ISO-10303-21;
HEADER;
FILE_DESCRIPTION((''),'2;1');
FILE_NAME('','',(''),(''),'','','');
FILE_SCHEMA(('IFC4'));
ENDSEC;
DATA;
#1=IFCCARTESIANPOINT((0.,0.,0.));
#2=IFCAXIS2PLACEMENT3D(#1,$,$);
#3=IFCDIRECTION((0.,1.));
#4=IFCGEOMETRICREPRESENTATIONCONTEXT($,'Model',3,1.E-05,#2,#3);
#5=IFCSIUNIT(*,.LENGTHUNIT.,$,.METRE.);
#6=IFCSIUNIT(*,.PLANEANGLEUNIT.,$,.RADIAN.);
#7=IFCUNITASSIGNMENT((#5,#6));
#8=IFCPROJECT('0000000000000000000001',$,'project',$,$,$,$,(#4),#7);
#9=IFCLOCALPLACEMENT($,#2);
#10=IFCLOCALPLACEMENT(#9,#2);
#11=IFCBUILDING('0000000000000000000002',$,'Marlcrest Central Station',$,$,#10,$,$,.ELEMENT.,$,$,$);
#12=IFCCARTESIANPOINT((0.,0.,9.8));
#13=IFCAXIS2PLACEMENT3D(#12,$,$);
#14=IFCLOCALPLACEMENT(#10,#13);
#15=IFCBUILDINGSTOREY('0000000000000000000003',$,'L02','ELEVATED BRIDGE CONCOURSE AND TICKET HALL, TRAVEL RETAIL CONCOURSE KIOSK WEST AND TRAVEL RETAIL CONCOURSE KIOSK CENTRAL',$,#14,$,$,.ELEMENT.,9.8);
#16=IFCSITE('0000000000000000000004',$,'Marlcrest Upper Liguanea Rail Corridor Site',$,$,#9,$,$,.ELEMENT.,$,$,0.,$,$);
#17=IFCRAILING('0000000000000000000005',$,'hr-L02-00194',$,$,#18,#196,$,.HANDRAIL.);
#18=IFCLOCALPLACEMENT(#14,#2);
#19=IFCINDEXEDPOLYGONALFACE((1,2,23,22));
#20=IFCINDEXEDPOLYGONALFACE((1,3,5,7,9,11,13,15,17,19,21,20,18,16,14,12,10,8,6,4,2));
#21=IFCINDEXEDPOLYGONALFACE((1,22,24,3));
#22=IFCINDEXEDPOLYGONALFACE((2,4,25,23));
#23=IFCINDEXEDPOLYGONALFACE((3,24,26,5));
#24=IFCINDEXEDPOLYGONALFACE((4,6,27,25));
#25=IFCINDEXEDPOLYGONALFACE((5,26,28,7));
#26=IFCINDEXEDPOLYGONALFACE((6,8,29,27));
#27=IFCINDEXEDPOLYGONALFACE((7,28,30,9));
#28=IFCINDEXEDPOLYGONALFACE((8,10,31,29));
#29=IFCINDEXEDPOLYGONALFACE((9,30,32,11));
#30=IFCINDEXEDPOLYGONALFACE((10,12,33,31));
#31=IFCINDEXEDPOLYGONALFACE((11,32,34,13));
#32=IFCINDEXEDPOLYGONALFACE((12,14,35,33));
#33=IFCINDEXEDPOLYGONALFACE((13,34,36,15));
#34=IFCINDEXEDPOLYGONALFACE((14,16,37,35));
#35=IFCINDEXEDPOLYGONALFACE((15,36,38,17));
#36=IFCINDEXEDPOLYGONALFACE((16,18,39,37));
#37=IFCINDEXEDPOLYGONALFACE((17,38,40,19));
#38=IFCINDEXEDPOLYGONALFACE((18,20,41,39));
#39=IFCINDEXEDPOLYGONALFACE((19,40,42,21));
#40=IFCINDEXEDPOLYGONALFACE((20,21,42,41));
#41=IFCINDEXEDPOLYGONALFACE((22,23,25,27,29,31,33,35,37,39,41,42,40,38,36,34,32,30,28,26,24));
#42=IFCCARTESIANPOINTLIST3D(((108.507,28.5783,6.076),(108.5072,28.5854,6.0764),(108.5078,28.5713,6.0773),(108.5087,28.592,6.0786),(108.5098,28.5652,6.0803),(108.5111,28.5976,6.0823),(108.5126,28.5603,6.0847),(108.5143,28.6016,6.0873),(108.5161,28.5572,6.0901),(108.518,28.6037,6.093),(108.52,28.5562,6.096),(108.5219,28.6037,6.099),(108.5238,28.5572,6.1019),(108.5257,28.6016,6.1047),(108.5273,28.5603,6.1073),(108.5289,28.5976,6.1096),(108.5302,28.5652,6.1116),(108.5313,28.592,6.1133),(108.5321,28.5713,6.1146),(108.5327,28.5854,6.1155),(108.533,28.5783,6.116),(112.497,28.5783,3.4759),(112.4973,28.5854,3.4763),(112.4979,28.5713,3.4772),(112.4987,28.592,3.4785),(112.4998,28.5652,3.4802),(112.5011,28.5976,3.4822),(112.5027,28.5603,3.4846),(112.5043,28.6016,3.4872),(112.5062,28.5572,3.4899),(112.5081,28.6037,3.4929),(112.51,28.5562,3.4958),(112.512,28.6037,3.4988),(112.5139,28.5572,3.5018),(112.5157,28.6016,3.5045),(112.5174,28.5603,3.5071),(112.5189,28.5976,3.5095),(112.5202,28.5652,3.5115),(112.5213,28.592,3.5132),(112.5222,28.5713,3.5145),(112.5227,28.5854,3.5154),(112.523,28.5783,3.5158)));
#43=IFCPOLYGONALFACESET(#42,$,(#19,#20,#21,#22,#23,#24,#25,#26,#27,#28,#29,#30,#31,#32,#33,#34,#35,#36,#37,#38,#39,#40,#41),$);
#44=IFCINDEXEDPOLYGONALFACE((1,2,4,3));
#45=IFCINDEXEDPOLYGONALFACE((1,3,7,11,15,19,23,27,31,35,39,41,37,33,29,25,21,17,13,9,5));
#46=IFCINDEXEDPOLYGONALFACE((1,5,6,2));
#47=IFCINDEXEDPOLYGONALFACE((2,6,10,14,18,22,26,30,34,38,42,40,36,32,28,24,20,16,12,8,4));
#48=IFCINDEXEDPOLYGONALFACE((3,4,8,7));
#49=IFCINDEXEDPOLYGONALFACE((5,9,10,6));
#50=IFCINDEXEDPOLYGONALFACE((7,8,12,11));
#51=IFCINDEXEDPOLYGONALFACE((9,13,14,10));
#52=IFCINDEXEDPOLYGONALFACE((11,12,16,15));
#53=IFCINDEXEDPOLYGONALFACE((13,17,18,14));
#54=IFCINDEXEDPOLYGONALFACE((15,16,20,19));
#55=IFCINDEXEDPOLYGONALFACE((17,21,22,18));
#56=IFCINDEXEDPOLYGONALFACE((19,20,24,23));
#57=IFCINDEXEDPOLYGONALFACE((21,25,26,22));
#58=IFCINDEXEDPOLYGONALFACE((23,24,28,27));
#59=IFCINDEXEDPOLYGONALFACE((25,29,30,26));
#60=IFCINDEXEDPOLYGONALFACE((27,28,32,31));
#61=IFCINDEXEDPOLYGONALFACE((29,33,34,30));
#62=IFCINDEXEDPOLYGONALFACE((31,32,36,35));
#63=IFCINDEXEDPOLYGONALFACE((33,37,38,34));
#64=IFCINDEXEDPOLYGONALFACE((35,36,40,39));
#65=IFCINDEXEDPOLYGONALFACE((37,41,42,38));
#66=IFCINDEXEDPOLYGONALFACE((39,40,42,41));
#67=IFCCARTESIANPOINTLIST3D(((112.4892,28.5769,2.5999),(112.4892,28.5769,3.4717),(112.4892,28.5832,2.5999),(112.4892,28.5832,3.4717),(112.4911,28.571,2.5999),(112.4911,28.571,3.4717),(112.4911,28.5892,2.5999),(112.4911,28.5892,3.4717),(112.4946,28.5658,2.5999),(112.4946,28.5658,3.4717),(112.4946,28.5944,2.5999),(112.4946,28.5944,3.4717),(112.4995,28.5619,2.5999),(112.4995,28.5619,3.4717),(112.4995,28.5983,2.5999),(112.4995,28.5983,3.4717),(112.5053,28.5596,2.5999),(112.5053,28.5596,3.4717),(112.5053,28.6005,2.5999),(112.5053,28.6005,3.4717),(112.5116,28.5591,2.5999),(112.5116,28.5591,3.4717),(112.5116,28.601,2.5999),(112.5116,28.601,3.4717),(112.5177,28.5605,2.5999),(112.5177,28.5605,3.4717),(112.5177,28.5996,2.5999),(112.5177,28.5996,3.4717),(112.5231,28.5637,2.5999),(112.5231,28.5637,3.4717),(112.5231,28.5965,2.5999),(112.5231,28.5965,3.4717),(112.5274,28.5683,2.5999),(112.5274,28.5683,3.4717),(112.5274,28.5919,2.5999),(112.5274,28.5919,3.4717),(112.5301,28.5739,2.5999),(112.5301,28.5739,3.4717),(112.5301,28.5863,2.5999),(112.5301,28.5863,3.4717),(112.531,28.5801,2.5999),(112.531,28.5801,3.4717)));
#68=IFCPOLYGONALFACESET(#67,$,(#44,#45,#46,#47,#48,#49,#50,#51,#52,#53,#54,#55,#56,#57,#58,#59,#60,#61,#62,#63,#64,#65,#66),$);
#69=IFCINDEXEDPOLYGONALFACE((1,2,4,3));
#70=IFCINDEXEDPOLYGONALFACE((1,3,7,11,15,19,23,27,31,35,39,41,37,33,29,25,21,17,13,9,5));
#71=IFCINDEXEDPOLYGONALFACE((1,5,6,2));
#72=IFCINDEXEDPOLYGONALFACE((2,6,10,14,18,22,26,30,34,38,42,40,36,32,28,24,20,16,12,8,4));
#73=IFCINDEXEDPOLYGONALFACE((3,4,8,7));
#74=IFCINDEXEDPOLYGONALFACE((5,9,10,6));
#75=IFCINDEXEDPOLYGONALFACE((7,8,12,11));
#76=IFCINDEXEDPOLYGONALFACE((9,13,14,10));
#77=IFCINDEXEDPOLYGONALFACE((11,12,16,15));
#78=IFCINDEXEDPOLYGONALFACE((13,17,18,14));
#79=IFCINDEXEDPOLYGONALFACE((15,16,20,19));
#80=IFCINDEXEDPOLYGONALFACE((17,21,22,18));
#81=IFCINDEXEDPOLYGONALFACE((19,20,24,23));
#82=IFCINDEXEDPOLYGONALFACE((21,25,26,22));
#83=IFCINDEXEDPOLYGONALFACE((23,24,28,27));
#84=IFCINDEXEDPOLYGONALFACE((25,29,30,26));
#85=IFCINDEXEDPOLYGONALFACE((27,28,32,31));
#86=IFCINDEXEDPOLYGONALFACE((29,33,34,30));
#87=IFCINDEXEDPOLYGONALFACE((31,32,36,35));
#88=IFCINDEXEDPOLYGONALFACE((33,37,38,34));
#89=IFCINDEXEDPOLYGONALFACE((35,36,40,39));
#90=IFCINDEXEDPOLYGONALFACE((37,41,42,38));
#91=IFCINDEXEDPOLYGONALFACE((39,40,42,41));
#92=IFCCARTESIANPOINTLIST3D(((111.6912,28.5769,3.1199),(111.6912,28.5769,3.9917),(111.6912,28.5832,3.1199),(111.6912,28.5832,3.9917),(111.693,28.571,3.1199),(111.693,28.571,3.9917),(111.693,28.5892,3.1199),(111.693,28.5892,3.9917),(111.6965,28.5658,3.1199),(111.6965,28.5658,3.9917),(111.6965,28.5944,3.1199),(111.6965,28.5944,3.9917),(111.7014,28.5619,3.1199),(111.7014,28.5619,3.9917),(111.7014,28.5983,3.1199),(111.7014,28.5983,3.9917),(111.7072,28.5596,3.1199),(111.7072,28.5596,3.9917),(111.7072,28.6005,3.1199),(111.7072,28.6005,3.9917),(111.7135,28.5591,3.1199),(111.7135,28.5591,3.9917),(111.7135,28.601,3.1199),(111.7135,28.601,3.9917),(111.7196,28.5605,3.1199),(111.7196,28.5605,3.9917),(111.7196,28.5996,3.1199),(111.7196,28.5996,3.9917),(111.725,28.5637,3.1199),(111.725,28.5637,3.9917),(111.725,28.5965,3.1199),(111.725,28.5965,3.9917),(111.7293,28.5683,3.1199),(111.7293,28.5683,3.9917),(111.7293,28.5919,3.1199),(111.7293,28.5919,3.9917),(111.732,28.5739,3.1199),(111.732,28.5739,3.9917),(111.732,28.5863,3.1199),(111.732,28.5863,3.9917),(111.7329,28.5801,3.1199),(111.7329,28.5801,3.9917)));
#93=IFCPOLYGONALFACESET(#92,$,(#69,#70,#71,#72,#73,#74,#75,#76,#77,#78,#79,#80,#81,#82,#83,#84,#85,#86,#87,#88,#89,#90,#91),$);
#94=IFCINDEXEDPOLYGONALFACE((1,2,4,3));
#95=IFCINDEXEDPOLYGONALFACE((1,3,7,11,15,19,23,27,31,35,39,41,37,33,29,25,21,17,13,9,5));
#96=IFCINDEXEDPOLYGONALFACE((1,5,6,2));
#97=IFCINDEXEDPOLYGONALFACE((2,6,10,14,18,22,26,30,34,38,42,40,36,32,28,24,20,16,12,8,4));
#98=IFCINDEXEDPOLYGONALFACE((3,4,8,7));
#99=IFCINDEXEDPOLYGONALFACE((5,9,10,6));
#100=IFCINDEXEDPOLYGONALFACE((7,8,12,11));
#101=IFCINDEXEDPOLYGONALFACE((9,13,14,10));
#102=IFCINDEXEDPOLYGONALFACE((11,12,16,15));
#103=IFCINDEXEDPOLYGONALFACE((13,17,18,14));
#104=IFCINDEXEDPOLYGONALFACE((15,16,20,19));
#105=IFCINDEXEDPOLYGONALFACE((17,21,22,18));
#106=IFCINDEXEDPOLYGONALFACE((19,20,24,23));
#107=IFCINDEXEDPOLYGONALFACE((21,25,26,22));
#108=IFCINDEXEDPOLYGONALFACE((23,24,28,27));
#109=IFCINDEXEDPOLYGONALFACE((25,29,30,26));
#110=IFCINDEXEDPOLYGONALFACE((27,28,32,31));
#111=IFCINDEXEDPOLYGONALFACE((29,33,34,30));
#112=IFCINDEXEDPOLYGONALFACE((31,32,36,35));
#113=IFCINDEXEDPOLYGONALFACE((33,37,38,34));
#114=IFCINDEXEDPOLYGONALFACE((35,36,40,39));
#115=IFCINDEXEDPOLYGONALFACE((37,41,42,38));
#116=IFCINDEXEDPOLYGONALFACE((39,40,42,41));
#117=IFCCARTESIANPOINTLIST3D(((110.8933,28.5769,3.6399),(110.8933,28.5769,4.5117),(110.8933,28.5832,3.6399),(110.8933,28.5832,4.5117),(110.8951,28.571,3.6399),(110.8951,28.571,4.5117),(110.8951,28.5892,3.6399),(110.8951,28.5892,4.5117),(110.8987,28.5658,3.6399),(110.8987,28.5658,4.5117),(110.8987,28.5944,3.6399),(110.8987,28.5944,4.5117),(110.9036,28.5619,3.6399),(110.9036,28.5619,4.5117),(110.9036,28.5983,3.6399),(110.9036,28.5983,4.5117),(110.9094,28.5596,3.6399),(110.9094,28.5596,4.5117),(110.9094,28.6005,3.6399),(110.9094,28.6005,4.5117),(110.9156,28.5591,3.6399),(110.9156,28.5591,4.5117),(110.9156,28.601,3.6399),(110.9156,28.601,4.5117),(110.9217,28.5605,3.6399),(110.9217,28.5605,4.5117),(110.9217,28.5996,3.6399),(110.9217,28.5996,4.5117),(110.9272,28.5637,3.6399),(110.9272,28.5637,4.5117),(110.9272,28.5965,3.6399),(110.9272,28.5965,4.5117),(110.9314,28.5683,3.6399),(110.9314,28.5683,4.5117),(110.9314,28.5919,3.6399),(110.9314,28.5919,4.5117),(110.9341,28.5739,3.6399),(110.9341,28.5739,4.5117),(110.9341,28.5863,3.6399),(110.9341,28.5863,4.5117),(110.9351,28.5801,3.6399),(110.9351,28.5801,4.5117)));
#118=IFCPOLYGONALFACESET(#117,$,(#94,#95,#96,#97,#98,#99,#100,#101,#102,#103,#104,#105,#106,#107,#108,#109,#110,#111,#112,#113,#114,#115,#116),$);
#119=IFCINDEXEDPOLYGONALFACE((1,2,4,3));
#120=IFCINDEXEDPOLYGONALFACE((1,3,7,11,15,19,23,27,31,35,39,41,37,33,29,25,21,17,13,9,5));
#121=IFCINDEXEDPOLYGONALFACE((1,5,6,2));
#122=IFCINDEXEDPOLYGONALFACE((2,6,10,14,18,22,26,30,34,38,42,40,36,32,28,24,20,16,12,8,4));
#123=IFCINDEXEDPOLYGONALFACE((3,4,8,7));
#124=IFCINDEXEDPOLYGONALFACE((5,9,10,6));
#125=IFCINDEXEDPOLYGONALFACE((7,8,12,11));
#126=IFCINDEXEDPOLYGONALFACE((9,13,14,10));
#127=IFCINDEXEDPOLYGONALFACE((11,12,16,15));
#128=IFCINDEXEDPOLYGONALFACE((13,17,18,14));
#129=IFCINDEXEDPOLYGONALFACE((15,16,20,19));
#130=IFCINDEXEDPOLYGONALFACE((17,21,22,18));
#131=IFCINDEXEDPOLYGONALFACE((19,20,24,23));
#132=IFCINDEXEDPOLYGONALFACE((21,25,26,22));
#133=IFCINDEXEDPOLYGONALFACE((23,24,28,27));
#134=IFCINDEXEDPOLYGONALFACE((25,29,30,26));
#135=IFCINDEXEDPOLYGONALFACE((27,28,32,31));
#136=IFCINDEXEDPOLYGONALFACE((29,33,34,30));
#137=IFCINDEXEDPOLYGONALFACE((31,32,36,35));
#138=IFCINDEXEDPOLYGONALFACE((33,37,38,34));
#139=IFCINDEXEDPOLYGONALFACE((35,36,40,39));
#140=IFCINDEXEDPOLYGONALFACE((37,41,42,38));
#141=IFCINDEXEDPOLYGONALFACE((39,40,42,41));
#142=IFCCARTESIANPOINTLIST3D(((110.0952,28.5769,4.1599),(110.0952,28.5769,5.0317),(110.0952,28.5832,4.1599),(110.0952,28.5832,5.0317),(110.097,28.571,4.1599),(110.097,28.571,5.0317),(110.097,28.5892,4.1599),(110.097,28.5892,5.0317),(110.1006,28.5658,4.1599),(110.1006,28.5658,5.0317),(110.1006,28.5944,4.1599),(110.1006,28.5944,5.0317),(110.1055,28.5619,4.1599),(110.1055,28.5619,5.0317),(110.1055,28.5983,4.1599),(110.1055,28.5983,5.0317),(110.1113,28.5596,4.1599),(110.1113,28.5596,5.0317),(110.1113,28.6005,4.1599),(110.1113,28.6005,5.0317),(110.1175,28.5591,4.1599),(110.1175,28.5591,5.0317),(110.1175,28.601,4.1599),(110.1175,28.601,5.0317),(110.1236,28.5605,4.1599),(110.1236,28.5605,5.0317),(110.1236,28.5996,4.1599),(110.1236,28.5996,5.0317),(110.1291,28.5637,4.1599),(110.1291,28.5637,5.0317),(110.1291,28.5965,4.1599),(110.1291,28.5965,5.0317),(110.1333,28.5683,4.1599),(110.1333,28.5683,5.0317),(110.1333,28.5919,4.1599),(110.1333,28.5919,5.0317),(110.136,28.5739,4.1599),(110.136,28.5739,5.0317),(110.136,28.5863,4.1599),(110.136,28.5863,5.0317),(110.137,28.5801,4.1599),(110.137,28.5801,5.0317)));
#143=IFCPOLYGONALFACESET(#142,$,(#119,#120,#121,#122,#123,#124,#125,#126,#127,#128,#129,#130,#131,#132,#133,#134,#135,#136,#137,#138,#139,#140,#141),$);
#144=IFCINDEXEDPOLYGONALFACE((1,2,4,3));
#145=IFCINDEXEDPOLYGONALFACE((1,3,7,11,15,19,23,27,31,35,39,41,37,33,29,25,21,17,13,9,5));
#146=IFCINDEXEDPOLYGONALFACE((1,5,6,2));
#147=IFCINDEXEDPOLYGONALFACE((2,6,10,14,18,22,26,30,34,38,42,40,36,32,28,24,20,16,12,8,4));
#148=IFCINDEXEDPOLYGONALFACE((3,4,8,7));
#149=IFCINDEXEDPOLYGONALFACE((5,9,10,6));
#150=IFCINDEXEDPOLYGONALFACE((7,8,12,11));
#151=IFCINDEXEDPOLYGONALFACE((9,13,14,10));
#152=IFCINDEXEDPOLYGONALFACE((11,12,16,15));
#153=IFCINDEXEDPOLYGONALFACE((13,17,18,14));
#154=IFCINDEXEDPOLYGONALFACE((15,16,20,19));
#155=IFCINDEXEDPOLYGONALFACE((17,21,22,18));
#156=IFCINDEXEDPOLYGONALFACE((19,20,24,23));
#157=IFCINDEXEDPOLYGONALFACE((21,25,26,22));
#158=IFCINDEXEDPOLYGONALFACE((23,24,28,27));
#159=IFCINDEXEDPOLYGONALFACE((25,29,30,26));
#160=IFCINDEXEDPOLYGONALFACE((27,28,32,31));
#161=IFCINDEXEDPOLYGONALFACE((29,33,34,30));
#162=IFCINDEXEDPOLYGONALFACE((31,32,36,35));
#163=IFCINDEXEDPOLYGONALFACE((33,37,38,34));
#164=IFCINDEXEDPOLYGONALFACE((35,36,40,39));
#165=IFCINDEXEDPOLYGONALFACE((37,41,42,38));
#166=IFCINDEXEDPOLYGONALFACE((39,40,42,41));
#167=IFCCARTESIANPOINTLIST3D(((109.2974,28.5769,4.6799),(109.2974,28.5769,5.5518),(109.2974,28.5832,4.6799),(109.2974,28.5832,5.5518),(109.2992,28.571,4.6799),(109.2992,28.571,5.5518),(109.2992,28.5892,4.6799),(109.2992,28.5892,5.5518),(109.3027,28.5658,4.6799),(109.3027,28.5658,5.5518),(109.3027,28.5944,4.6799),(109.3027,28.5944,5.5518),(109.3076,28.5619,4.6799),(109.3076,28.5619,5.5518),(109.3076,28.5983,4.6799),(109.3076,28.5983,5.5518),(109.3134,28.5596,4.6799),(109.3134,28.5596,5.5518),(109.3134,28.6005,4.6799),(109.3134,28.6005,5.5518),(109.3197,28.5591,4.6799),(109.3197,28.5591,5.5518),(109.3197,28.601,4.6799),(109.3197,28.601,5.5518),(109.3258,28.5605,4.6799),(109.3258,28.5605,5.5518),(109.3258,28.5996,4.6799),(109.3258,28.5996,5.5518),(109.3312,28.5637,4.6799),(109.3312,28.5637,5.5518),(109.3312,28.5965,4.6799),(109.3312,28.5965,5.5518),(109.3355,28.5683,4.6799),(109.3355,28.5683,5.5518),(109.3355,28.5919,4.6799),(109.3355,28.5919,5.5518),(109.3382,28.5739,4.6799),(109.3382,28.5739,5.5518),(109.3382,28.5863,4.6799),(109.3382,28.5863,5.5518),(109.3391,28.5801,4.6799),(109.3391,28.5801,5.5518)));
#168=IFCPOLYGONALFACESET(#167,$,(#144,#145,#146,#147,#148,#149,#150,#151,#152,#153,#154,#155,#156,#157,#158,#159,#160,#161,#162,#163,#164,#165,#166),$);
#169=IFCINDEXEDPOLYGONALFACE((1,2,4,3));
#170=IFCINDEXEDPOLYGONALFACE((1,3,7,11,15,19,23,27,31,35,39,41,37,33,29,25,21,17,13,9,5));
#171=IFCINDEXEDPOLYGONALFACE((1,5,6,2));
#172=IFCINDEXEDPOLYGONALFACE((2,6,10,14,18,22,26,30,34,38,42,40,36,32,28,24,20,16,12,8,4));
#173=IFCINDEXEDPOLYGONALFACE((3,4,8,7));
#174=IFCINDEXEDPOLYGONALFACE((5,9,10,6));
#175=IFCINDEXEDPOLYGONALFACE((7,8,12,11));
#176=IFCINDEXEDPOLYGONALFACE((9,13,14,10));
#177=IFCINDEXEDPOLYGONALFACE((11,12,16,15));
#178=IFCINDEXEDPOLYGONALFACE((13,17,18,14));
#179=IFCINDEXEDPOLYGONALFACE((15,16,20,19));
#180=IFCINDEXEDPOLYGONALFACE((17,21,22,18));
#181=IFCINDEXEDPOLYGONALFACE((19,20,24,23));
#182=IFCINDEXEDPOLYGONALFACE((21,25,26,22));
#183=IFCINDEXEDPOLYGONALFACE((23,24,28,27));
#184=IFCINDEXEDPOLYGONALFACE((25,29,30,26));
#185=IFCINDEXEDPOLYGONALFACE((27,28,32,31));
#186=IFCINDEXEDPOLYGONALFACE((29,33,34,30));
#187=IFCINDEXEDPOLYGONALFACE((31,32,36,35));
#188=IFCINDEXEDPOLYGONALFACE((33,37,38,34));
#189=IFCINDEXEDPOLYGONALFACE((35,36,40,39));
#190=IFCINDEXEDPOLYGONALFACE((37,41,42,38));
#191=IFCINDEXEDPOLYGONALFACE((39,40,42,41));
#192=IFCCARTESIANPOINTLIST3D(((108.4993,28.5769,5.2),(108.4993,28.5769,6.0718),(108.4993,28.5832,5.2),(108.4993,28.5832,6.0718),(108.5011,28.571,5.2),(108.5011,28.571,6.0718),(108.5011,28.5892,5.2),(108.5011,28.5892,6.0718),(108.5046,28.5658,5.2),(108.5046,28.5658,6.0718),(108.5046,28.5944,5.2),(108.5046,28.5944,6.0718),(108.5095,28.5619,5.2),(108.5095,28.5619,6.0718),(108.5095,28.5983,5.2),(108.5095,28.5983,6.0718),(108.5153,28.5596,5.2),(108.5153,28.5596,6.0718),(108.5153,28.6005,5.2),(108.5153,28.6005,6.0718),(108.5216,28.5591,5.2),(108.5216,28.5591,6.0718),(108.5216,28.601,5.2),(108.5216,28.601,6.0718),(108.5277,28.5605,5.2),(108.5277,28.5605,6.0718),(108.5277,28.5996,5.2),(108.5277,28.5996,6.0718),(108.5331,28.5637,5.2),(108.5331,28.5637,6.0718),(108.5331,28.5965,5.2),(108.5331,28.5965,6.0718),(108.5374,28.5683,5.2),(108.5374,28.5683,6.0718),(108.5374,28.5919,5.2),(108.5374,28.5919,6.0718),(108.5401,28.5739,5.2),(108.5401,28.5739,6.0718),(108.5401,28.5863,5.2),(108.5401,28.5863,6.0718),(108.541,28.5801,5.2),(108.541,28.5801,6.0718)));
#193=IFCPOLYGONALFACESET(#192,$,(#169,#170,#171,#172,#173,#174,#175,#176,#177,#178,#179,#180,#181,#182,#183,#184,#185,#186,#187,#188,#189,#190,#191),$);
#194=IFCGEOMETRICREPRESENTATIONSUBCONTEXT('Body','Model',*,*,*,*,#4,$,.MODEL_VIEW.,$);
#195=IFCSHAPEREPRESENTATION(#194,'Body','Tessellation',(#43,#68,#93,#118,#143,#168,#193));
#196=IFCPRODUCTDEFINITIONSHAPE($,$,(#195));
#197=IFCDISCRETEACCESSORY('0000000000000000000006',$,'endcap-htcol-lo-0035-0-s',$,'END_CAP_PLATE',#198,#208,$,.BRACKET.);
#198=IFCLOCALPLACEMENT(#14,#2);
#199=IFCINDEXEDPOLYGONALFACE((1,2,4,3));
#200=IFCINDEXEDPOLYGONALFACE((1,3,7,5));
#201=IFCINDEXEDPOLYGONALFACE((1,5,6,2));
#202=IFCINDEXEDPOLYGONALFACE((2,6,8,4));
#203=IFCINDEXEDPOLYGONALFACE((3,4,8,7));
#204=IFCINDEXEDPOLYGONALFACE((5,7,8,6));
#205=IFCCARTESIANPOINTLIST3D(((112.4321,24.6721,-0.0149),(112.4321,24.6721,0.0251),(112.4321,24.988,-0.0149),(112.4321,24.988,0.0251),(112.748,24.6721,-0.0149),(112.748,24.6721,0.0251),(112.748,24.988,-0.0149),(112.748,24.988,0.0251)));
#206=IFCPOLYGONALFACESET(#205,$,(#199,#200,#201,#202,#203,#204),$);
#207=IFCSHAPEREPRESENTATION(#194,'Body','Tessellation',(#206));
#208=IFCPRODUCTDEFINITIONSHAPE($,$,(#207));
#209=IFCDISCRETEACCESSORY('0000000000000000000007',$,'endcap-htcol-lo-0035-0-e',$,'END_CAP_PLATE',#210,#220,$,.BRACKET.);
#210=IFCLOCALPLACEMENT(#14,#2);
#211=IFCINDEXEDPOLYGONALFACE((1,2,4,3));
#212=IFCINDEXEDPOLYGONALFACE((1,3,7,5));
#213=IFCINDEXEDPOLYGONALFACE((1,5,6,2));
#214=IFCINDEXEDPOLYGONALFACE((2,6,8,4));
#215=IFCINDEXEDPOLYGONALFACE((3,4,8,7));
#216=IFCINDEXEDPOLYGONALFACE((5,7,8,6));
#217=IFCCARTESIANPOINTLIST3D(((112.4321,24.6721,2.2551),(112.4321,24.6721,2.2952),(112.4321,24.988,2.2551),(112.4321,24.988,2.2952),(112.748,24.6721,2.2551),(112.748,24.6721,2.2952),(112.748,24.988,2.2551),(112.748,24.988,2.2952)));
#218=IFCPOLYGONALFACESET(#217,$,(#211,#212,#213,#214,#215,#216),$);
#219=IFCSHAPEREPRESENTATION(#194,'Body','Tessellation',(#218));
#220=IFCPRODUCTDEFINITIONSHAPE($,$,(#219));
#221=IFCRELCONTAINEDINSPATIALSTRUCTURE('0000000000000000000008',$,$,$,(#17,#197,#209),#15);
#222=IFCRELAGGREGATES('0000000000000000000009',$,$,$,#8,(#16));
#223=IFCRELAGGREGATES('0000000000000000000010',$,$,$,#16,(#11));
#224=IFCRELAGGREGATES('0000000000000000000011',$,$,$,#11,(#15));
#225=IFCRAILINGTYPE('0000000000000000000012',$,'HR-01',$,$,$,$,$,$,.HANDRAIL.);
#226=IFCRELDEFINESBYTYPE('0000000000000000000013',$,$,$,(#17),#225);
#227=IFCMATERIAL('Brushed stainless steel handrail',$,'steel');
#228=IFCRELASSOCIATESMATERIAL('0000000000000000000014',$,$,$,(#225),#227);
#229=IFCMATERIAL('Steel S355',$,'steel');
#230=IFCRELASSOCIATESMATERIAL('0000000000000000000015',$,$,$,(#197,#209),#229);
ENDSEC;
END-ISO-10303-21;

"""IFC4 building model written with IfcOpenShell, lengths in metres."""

from ifc_helpers import new_model, si_unit, direction, frame, origin, origin_2d, place, context, subcontext, project, spatial, rectangle, circle, extrude, material, type_object, element, save


model = new_model("IFC4")

# Units and contexts
model_context = context("Model", 3, precision=1e-05, world=origin(), true_north=direction((0.0, 1.0)))
body_context = subcontext(model_context, "Body", "Model", "MODEL_VIEW")
ifc_project = project(units=[si_unit("LENGTHUNIT", "METRE"), si_unit("PLANEANGLEUNIT", "RADIAN")], contexts=[model_context])

# Site, building, storey
site_placement = place(None, origin())
site = spatial("IfcSite", under=ifc_project, at=site_placement, Name="Marlcrest Upper Liguanea Rail Corridor Site", CompositionType="ELEMENT", RefElevation=0.0)
building_placement = place(site_placement, origin())
building = spatial("IfcBuilding", under=site, at=building_placement, Name="Marlcrest Central Station", CompositionType="ELEMENT")
storey_placement = place(building_placement, frame((0.0, 0.0, 9.8)))
storey = spatial("IfcBuildingStorey", under=building, at=storey_placement, Name="L02", Description="ELEVATED BRIDGE CONCOURSE AND TICKET HALL, TRAVEL RETAIL CONCOURSE KIOSK WEST AND TRAVEL RETAIL CONCOURSE KIOSK CENTRAL", CompositionType="ELEMENT", Elevation=9.8)

# Shared definitions
ifc_material_1 = material(Name="Steel S355", Category="steel")

# Railing
ifc_material_2 = material(Name="Brushed stainless steel handrail", Category="steel")
railing_type_1 = type_object("IfcRailingType", Name="HR-01", PredefinedType="HANDRAIL", material=ifc_material_2)
railing_1_placement = place(storey_placement, frame((112.51, 28.5801, 2.5999)))
element("IfcRailing", 1, at=railing_1_placement, inside=storey, type_object=railing_type_1, Name="hr-L02-00194", PredefinedType="HANDRAIL", context=body_context, shape_type="SweptSolid", body=[
    extrude(circle(Radius=0.0239, at=origin_2d()), frame((0.0, 0.0, 0.896), z_axis=(-0.837809, 0.0, 0.545963), x_axis=(0.0, -1.0, 0.0)), (0.0, 0.0, 1.0), 4.7625),
    extrude(circle(Radius=0.021, at=origin_2d()), origin(), (0.0, 0.0, 1.0), 0.8718),
    extrude(circle(Radius=0.021, at=origin_2d()), frame((-0.7981, 0.0, 0.52)), (0.0, 0.0, 1.0), 0.8718),
    extrude(circle(Radius=0.021, at=origin_2d()), frame((-1.5959, 0.0, 1.04)), (0.0, 0.0, 1.0), 0.8718),
    extrude(circle(Radius=0.021, at=origin_2d()), frame((-2.394, 0.0, 1.5601)), (0.0, 0.0, 1.0), 0.8718),
    extrude(circle(Radius=0.021, at=origin_2d()), frame((-3.1919, 0.0, 2.0801)), (0.0, 0.0, 1.0), 0.8718),
    extrude(circle(Radius=0.021, at=origin_2d()), frame((-3.99, 0.0, 2.6001)), (0.0, 0.0, 1.0), 0.8718),
])

# Discrete accessories
for number, where, z_axis, x_axis, name in (
    (2, (112.5901, 24.8301, -0.0149), (0.0, 0.0, 1.0), (1.0, 0.0, 0.0), "endcap-htcol-lo-0035-0-s"),
    (3, (112.5901, 24.8301, 2.2551), (0.0, 0.0, 1.0), (1.0, 0.0, 0.0), "endcap-htcol-lo-0035-0-e"),
):
    element("IfcDiscreteAccessory", number, at=place(storey_placement, frame(where, z_axis=z_axis, x_axis=x_axis)), inside=storey, material=ifc_material_1, Name=name, ObjectType="END_CAP_PLATE", PredefinedType="BRACKET", context=body_context, shape_type="SweptSolid", body=[
        extrude(rectangle(XDim=0.3159, YDim=0.3159, at=origin_2d()), origin(), (0.0, 0.0, 1.0), 0.04),
    ])

save(model, "model.ifc")
